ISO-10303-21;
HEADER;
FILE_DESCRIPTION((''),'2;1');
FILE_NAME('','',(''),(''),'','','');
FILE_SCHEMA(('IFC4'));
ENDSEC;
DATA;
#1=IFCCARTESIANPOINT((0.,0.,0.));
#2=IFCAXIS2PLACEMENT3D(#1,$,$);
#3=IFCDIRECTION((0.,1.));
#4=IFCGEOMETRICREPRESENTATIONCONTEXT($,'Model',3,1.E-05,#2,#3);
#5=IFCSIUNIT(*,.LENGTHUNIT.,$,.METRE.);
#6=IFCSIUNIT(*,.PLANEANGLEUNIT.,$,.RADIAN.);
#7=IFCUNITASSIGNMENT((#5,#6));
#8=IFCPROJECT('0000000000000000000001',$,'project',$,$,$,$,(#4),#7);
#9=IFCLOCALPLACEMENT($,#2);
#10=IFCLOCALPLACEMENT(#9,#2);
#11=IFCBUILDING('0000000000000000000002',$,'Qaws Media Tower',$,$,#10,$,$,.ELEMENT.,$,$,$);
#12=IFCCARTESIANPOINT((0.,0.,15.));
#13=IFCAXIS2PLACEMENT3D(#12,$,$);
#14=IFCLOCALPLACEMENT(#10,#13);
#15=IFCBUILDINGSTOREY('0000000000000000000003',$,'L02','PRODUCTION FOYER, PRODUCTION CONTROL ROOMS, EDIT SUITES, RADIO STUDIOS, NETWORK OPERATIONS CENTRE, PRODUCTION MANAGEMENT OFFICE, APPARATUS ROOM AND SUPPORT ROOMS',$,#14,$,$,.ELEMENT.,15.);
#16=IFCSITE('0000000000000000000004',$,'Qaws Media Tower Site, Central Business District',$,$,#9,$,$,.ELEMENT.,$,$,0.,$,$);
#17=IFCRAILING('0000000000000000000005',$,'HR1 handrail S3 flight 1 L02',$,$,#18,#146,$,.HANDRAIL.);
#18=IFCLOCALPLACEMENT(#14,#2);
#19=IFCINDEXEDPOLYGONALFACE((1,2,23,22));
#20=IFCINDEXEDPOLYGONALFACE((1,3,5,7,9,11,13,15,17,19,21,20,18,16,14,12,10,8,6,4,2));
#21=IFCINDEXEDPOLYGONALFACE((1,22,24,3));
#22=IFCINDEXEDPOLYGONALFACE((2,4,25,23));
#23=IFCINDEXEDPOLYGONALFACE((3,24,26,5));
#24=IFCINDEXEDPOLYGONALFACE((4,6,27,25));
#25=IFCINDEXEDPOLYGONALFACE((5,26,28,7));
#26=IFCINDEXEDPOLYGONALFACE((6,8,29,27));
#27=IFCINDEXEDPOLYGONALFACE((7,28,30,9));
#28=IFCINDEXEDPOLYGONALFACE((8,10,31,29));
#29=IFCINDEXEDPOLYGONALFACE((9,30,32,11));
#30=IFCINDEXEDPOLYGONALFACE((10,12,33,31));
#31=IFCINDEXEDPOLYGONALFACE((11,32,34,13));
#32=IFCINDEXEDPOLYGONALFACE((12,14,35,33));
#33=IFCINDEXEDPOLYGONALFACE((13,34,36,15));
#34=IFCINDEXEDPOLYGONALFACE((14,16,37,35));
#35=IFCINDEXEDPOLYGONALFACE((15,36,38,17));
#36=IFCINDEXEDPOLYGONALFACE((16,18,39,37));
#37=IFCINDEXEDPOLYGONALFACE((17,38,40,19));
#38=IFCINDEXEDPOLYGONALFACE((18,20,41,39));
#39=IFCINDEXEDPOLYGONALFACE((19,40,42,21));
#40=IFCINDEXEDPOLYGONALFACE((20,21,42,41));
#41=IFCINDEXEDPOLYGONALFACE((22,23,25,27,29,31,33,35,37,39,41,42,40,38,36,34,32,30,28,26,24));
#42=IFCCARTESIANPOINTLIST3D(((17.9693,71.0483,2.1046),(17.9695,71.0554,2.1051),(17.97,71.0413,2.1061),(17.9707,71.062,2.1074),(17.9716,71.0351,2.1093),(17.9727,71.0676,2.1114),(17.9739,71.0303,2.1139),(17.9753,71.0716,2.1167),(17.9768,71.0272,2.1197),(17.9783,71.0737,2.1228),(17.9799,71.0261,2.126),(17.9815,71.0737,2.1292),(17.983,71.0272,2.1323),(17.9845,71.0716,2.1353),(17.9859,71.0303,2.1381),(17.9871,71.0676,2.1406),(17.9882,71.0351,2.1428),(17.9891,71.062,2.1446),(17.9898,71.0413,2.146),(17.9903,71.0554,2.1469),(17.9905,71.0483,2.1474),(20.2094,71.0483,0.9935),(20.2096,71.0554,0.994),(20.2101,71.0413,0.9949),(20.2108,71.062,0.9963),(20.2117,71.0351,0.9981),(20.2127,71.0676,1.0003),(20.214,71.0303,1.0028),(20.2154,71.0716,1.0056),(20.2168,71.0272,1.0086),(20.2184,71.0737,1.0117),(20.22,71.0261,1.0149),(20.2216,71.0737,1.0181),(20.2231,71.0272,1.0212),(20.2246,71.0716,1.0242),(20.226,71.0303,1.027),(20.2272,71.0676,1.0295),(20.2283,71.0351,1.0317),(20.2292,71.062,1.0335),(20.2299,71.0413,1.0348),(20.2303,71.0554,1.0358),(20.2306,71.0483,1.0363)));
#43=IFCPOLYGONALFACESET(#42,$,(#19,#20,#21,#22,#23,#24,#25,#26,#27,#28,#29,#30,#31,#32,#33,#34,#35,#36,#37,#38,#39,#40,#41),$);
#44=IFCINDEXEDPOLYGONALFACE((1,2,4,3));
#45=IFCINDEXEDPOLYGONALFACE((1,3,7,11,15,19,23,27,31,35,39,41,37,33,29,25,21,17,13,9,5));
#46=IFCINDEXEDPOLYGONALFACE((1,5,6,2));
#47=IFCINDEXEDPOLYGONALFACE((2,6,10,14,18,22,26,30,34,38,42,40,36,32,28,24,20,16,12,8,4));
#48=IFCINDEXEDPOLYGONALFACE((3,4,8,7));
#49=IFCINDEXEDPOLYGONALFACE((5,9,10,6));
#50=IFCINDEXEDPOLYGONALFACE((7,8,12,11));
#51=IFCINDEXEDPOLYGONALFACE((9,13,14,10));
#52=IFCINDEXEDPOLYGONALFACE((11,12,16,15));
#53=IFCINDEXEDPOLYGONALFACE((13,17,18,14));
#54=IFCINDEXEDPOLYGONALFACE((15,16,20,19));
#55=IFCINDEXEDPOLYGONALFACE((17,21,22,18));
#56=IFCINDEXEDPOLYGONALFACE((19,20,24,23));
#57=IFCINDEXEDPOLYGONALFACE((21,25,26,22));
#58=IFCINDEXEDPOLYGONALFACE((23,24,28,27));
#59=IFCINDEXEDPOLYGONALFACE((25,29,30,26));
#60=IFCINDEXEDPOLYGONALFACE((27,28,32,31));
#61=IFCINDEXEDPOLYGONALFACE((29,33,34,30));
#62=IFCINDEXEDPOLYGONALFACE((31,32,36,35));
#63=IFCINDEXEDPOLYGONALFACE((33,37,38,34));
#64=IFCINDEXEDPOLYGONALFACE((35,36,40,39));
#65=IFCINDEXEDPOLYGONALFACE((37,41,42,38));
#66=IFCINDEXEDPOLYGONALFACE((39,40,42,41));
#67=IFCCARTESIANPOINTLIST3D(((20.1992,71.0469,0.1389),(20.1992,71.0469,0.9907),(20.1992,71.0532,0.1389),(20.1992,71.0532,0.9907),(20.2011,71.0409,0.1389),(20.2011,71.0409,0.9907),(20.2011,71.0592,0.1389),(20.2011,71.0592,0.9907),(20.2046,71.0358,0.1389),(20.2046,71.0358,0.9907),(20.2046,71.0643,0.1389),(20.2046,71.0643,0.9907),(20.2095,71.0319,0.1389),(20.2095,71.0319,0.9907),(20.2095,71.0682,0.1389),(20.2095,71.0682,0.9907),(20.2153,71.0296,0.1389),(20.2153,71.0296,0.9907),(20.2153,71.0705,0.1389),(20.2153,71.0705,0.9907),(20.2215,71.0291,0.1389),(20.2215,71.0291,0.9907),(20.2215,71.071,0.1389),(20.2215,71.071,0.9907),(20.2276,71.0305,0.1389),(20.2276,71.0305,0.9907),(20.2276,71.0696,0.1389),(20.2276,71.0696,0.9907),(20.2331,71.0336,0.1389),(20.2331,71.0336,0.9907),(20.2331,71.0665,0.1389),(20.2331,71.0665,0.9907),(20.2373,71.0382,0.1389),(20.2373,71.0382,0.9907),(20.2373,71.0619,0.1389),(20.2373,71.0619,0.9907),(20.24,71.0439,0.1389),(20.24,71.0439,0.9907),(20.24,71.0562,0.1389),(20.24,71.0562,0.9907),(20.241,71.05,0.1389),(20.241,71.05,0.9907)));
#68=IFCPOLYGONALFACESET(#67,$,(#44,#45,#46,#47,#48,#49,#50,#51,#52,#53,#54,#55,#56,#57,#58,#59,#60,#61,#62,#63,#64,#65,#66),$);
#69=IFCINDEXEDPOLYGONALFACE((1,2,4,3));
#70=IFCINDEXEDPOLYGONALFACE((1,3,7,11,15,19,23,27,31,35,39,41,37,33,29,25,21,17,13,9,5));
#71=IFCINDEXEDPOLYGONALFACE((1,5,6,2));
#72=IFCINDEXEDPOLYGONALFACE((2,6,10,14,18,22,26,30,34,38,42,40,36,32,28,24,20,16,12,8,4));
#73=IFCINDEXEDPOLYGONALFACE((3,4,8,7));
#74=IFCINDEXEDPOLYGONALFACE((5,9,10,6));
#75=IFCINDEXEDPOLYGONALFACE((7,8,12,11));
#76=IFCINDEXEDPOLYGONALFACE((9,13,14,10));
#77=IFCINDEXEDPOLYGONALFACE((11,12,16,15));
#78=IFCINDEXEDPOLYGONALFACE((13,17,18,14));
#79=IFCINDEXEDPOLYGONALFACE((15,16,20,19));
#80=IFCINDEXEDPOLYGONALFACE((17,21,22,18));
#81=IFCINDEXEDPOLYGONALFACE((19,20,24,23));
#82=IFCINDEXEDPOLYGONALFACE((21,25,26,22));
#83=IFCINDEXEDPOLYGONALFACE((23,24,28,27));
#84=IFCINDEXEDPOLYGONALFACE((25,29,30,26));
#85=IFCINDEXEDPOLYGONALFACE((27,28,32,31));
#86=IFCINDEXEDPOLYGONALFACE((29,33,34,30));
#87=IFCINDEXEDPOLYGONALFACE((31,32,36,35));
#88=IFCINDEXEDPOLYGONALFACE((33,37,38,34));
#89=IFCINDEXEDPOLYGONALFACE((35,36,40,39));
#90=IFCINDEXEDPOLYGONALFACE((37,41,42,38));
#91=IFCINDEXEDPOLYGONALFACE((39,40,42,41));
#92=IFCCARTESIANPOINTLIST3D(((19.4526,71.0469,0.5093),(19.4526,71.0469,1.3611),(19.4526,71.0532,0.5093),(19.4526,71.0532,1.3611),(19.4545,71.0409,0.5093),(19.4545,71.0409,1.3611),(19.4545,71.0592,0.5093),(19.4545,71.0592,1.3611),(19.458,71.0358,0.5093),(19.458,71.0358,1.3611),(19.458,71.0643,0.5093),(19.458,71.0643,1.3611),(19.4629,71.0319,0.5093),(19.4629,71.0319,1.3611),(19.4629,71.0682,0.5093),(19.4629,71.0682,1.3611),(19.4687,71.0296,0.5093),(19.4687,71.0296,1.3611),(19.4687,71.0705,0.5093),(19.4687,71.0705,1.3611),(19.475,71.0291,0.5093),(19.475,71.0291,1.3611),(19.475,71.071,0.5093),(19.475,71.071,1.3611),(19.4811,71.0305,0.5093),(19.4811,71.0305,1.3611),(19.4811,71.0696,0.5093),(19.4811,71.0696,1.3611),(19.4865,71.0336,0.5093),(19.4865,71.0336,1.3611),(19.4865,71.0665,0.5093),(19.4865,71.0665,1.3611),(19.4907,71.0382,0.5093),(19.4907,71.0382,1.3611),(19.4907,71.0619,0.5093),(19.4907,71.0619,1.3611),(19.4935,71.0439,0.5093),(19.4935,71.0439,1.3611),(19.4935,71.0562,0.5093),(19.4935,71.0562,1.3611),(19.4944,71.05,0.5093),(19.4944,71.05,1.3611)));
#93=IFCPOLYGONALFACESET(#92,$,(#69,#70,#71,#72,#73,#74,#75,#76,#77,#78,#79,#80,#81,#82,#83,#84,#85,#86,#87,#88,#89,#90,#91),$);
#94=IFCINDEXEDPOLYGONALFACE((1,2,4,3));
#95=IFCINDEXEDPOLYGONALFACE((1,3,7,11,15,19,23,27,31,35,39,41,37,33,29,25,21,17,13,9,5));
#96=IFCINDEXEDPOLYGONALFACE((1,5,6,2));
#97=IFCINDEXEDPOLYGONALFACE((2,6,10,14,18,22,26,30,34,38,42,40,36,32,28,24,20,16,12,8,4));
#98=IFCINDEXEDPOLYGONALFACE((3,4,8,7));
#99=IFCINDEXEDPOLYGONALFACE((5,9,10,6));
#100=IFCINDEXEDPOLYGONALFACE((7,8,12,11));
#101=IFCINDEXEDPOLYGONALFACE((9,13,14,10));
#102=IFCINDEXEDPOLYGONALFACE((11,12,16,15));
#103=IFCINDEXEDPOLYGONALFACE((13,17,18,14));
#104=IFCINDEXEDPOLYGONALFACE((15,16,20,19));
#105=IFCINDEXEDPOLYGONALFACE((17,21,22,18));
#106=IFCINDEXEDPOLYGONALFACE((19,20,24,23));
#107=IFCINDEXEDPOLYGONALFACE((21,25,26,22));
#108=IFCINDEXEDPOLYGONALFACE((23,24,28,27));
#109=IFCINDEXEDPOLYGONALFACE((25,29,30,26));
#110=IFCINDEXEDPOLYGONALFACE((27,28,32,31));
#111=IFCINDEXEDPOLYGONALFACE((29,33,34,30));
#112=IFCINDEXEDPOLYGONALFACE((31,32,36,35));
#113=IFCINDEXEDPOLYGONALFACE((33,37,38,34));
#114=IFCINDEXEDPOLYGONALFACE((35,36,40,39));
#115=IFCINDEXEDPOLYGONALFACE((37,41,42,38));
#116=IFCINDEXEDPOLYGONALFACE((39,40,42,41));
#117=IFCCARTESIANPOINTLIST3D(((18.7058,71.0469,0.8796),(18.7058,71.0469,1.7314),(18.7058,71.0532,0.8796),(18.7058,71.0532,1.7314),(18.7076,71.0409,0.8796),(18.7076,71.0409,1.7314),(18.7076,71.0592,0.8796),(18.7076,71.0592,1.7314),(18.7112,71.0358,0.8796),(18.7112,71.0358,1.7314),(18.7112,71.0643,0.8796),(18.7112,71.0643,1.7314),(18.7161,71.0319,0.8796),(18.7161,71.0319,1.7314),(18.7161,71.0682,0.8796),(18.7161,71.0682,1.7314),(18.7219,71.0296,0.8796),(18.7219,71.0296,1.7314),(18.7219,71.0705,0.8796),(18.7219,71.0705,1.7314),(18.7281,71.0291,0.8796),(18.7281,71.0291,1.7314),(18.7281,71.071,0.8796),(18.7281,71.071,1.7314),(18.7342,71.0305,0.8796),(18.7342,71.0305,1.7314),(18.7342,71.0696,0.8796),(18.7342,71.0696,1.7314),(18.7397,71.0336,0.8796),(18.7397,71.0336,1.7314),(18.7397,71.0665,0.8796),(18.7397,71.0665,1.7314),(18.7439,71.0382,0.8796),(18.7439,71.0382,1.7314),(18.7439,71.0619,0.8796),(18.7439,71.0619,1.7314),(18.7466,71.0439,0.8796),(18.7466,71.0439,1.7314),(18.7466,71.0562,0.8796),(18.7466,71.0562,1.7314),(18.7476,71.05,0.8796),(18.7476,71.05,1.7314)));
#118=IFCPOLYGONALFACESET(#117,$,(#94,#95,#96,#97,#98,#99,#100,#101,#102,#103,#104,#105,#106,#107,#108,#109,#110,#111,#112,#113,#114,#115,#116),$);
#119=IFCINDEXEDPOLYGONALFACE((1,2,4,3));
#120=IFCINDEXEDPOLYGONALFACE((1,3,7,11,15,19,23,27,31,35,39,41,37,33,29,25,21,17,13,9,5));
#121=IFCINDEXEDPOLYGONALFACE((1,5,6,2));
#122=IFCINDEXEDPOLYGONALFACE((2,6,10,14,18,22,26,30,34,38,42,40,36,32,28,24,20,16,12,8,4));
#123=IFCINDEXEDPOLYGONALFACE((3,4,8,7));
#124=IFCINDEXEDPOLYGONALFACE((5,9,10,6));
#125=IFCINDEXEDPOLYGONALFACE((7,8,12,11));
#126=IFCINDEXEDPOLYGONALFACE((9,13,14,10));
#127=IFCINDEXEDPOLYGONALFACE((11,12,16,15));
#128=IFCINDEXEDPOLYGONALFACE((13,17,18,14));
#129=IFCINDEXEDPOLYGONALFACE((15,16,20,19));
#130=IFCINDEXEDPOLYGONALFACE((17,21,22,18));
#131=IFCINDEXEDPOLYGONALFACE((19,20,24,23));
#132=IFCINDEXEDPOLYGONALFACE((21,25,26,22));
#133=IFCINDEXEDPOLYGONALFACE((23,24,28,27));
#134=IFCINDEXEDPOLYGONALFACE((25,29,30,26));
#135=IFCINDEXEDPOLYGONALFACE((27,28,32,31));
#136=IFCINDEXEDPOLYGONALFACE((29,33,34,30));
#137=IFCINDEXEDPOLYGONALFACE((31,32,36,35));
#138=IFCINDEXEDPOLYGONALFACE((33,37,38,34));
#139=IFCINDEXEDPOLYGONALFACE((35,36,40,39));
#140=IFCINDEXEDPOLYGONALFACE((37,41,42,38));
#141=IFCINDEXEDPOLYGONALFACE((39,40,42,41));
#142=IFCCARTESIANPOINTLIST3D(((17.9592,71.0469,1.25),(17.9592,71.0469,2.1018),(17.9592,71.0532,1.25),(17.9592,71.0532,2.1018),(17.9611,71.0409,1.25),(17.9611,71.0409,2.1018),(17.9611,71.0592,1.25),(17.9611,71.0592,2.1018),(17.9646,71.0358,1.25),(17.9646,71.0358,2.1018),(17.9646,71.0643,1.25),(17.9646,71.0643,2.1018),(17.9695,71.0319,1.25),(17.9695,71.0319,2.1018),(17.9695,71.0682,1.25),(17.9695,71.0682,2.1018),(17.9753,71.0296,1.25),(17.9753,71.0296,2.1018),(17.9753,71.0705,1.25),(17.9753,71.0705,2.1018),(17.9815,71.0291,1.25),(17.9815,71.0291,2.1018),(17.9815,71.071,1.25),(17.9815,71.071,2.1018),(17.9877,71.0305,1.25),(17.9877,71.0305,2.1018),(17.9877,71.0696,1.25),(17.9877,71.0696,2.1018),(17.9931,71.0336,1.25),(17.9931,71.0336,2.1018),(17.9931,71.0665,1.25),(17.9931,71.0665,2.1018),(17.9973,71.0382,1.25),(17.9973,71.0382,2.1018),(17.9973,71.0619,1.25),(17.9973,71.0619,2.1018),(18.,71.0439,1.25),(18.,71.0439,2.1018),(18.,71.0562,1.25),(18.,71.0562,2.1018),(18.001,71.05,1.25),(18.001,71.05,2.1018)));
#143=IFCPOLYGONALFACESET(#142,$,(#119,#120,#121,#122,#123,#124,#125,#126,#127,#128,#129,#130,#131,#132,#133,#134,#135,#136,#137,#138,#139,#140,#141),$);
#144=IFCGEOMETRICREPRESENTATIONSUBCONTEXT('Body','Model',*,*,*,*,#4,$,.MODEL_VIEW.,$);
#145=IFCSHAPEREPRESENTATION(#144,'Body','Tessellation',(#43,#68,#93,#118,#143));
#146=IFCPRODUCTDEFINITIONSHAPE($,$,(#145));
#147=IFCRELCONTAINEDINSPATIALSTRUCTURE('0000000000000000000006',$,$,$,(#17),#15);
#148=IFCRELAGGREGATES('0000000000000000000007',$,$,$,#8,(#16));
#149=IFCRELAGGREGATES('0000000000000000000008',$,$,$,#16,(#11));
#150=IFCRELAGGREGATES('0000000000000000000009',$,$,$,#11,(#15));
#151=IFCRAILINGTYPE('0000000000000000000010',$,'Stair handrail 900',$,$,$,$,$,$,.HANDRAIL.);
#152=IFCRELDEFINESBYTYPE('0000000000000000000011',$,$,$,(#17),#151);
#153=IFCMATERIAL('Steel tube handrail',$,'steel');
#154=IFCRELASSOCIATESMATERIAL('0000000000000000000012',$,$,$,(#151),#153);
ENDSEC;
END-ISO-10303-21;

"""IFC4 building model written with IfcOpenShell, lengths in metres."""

from ifc_helpers import new_model, si_unit, direction, frame, origin, origin_2d, place, context, subcontext, project, spatial, circle, extrude, material, type_object, element, save


model = new_model("IFC4")

# Units and contexts
model_context = context("Model", 3, precision=1e-05, world=origin(), true_north=direction((0.0, 1.0)))
body_context = subcontext(model_context, "Body", "Model", "MODEL_VIEW")
ifc_project = project(units=[si_unit("LENGTHUNIT", "METRE"), si_unit("PLANEANGLEUNIT", "RADIAN")], contexts=[model_context])

# Site, building, storey
site_placement = place(None, origin())
site = spatial("IfcSite", under=ifc_project, at=site_placement, Name="Qaws Media Tower Site, Central Business District", CompositionType="ELEMENT", RefElevation=0.0)
building_placement = place(site_placement, origin())
building = spatial("IfcBuilding", under=site, at=building_placement, Name="Qaws Media Tower", CompositionType="ELEMENT")
storey_placement = place(building_placement, frame((0.0, 0.0, 15.0)))
storey = spatial("IfcBuildingStorey", under=building, at=storey_placement, Name="L02", Description="PRODUCTION FOYER, PRODUCTION CONTROL ROOMS, EDIT SUITES, RADIO STUDIOS, NETWORK OPERATIONS CENTRE, PRODUCTION MANAGEMENT OFFICE, APPARATUS ROOM AND SUPPORT ROOMS", CompositionType="ELEMENT", Elevation=15.0)

# Railing
ifc_material_1 = material(Name="Steel tube handrail", Category="steel")
railing_type = type_object("IfcRailingType", Name="Stair handrail 900", PredefinedType="HANDRAIL", material=ifc_material_1)
for number, where, name in (
    (1, (20.22, 71.05, 0.1389), "HR1 handrail S3 flight 1 L02"),
):
    element("IfcRailing", number, at=place(storey_placement, frame(where)), inside=storey, type_object=railing_type, Name=name, PredefinedType="HANDRAIL", context=body_context, shape_type="SweptSolid", body=[
        extrude(circle(Radius=0.0239, at=origin_2d()), frame((0.0, 0.0, 0.876), z_axis=(-0.895848, 0.0, 0.44436), x_axis=(0.0, -1.0, 0.0)), (0.0, 0.0, 1.0), 2.5005),
        extrude(circle(Radius=0.021, at=origin_2d()), origin(), (0.0, 0.0, 1.0), 0.8518),
        extrude(circle(Radius=0.021, at=origin_2d()), frame((-0.7466, 0.0, 0.3704)), (0.0, 0.0, 1.0), 0.8518),
        extrude(circle(Radius=0.021, at=origin_2d()), frame((-1.4934, 0.0, 0.7407)), (0.0, 0.0, 1.0), 0.8518),
        extrude(circle(Radius=0.021, at=origin_2d()), frame((-2.24, 0.0, 1.1111)), (0.0, 0.0, 1.0), 0.8518),
    ])

save(model, "model.ifc")
